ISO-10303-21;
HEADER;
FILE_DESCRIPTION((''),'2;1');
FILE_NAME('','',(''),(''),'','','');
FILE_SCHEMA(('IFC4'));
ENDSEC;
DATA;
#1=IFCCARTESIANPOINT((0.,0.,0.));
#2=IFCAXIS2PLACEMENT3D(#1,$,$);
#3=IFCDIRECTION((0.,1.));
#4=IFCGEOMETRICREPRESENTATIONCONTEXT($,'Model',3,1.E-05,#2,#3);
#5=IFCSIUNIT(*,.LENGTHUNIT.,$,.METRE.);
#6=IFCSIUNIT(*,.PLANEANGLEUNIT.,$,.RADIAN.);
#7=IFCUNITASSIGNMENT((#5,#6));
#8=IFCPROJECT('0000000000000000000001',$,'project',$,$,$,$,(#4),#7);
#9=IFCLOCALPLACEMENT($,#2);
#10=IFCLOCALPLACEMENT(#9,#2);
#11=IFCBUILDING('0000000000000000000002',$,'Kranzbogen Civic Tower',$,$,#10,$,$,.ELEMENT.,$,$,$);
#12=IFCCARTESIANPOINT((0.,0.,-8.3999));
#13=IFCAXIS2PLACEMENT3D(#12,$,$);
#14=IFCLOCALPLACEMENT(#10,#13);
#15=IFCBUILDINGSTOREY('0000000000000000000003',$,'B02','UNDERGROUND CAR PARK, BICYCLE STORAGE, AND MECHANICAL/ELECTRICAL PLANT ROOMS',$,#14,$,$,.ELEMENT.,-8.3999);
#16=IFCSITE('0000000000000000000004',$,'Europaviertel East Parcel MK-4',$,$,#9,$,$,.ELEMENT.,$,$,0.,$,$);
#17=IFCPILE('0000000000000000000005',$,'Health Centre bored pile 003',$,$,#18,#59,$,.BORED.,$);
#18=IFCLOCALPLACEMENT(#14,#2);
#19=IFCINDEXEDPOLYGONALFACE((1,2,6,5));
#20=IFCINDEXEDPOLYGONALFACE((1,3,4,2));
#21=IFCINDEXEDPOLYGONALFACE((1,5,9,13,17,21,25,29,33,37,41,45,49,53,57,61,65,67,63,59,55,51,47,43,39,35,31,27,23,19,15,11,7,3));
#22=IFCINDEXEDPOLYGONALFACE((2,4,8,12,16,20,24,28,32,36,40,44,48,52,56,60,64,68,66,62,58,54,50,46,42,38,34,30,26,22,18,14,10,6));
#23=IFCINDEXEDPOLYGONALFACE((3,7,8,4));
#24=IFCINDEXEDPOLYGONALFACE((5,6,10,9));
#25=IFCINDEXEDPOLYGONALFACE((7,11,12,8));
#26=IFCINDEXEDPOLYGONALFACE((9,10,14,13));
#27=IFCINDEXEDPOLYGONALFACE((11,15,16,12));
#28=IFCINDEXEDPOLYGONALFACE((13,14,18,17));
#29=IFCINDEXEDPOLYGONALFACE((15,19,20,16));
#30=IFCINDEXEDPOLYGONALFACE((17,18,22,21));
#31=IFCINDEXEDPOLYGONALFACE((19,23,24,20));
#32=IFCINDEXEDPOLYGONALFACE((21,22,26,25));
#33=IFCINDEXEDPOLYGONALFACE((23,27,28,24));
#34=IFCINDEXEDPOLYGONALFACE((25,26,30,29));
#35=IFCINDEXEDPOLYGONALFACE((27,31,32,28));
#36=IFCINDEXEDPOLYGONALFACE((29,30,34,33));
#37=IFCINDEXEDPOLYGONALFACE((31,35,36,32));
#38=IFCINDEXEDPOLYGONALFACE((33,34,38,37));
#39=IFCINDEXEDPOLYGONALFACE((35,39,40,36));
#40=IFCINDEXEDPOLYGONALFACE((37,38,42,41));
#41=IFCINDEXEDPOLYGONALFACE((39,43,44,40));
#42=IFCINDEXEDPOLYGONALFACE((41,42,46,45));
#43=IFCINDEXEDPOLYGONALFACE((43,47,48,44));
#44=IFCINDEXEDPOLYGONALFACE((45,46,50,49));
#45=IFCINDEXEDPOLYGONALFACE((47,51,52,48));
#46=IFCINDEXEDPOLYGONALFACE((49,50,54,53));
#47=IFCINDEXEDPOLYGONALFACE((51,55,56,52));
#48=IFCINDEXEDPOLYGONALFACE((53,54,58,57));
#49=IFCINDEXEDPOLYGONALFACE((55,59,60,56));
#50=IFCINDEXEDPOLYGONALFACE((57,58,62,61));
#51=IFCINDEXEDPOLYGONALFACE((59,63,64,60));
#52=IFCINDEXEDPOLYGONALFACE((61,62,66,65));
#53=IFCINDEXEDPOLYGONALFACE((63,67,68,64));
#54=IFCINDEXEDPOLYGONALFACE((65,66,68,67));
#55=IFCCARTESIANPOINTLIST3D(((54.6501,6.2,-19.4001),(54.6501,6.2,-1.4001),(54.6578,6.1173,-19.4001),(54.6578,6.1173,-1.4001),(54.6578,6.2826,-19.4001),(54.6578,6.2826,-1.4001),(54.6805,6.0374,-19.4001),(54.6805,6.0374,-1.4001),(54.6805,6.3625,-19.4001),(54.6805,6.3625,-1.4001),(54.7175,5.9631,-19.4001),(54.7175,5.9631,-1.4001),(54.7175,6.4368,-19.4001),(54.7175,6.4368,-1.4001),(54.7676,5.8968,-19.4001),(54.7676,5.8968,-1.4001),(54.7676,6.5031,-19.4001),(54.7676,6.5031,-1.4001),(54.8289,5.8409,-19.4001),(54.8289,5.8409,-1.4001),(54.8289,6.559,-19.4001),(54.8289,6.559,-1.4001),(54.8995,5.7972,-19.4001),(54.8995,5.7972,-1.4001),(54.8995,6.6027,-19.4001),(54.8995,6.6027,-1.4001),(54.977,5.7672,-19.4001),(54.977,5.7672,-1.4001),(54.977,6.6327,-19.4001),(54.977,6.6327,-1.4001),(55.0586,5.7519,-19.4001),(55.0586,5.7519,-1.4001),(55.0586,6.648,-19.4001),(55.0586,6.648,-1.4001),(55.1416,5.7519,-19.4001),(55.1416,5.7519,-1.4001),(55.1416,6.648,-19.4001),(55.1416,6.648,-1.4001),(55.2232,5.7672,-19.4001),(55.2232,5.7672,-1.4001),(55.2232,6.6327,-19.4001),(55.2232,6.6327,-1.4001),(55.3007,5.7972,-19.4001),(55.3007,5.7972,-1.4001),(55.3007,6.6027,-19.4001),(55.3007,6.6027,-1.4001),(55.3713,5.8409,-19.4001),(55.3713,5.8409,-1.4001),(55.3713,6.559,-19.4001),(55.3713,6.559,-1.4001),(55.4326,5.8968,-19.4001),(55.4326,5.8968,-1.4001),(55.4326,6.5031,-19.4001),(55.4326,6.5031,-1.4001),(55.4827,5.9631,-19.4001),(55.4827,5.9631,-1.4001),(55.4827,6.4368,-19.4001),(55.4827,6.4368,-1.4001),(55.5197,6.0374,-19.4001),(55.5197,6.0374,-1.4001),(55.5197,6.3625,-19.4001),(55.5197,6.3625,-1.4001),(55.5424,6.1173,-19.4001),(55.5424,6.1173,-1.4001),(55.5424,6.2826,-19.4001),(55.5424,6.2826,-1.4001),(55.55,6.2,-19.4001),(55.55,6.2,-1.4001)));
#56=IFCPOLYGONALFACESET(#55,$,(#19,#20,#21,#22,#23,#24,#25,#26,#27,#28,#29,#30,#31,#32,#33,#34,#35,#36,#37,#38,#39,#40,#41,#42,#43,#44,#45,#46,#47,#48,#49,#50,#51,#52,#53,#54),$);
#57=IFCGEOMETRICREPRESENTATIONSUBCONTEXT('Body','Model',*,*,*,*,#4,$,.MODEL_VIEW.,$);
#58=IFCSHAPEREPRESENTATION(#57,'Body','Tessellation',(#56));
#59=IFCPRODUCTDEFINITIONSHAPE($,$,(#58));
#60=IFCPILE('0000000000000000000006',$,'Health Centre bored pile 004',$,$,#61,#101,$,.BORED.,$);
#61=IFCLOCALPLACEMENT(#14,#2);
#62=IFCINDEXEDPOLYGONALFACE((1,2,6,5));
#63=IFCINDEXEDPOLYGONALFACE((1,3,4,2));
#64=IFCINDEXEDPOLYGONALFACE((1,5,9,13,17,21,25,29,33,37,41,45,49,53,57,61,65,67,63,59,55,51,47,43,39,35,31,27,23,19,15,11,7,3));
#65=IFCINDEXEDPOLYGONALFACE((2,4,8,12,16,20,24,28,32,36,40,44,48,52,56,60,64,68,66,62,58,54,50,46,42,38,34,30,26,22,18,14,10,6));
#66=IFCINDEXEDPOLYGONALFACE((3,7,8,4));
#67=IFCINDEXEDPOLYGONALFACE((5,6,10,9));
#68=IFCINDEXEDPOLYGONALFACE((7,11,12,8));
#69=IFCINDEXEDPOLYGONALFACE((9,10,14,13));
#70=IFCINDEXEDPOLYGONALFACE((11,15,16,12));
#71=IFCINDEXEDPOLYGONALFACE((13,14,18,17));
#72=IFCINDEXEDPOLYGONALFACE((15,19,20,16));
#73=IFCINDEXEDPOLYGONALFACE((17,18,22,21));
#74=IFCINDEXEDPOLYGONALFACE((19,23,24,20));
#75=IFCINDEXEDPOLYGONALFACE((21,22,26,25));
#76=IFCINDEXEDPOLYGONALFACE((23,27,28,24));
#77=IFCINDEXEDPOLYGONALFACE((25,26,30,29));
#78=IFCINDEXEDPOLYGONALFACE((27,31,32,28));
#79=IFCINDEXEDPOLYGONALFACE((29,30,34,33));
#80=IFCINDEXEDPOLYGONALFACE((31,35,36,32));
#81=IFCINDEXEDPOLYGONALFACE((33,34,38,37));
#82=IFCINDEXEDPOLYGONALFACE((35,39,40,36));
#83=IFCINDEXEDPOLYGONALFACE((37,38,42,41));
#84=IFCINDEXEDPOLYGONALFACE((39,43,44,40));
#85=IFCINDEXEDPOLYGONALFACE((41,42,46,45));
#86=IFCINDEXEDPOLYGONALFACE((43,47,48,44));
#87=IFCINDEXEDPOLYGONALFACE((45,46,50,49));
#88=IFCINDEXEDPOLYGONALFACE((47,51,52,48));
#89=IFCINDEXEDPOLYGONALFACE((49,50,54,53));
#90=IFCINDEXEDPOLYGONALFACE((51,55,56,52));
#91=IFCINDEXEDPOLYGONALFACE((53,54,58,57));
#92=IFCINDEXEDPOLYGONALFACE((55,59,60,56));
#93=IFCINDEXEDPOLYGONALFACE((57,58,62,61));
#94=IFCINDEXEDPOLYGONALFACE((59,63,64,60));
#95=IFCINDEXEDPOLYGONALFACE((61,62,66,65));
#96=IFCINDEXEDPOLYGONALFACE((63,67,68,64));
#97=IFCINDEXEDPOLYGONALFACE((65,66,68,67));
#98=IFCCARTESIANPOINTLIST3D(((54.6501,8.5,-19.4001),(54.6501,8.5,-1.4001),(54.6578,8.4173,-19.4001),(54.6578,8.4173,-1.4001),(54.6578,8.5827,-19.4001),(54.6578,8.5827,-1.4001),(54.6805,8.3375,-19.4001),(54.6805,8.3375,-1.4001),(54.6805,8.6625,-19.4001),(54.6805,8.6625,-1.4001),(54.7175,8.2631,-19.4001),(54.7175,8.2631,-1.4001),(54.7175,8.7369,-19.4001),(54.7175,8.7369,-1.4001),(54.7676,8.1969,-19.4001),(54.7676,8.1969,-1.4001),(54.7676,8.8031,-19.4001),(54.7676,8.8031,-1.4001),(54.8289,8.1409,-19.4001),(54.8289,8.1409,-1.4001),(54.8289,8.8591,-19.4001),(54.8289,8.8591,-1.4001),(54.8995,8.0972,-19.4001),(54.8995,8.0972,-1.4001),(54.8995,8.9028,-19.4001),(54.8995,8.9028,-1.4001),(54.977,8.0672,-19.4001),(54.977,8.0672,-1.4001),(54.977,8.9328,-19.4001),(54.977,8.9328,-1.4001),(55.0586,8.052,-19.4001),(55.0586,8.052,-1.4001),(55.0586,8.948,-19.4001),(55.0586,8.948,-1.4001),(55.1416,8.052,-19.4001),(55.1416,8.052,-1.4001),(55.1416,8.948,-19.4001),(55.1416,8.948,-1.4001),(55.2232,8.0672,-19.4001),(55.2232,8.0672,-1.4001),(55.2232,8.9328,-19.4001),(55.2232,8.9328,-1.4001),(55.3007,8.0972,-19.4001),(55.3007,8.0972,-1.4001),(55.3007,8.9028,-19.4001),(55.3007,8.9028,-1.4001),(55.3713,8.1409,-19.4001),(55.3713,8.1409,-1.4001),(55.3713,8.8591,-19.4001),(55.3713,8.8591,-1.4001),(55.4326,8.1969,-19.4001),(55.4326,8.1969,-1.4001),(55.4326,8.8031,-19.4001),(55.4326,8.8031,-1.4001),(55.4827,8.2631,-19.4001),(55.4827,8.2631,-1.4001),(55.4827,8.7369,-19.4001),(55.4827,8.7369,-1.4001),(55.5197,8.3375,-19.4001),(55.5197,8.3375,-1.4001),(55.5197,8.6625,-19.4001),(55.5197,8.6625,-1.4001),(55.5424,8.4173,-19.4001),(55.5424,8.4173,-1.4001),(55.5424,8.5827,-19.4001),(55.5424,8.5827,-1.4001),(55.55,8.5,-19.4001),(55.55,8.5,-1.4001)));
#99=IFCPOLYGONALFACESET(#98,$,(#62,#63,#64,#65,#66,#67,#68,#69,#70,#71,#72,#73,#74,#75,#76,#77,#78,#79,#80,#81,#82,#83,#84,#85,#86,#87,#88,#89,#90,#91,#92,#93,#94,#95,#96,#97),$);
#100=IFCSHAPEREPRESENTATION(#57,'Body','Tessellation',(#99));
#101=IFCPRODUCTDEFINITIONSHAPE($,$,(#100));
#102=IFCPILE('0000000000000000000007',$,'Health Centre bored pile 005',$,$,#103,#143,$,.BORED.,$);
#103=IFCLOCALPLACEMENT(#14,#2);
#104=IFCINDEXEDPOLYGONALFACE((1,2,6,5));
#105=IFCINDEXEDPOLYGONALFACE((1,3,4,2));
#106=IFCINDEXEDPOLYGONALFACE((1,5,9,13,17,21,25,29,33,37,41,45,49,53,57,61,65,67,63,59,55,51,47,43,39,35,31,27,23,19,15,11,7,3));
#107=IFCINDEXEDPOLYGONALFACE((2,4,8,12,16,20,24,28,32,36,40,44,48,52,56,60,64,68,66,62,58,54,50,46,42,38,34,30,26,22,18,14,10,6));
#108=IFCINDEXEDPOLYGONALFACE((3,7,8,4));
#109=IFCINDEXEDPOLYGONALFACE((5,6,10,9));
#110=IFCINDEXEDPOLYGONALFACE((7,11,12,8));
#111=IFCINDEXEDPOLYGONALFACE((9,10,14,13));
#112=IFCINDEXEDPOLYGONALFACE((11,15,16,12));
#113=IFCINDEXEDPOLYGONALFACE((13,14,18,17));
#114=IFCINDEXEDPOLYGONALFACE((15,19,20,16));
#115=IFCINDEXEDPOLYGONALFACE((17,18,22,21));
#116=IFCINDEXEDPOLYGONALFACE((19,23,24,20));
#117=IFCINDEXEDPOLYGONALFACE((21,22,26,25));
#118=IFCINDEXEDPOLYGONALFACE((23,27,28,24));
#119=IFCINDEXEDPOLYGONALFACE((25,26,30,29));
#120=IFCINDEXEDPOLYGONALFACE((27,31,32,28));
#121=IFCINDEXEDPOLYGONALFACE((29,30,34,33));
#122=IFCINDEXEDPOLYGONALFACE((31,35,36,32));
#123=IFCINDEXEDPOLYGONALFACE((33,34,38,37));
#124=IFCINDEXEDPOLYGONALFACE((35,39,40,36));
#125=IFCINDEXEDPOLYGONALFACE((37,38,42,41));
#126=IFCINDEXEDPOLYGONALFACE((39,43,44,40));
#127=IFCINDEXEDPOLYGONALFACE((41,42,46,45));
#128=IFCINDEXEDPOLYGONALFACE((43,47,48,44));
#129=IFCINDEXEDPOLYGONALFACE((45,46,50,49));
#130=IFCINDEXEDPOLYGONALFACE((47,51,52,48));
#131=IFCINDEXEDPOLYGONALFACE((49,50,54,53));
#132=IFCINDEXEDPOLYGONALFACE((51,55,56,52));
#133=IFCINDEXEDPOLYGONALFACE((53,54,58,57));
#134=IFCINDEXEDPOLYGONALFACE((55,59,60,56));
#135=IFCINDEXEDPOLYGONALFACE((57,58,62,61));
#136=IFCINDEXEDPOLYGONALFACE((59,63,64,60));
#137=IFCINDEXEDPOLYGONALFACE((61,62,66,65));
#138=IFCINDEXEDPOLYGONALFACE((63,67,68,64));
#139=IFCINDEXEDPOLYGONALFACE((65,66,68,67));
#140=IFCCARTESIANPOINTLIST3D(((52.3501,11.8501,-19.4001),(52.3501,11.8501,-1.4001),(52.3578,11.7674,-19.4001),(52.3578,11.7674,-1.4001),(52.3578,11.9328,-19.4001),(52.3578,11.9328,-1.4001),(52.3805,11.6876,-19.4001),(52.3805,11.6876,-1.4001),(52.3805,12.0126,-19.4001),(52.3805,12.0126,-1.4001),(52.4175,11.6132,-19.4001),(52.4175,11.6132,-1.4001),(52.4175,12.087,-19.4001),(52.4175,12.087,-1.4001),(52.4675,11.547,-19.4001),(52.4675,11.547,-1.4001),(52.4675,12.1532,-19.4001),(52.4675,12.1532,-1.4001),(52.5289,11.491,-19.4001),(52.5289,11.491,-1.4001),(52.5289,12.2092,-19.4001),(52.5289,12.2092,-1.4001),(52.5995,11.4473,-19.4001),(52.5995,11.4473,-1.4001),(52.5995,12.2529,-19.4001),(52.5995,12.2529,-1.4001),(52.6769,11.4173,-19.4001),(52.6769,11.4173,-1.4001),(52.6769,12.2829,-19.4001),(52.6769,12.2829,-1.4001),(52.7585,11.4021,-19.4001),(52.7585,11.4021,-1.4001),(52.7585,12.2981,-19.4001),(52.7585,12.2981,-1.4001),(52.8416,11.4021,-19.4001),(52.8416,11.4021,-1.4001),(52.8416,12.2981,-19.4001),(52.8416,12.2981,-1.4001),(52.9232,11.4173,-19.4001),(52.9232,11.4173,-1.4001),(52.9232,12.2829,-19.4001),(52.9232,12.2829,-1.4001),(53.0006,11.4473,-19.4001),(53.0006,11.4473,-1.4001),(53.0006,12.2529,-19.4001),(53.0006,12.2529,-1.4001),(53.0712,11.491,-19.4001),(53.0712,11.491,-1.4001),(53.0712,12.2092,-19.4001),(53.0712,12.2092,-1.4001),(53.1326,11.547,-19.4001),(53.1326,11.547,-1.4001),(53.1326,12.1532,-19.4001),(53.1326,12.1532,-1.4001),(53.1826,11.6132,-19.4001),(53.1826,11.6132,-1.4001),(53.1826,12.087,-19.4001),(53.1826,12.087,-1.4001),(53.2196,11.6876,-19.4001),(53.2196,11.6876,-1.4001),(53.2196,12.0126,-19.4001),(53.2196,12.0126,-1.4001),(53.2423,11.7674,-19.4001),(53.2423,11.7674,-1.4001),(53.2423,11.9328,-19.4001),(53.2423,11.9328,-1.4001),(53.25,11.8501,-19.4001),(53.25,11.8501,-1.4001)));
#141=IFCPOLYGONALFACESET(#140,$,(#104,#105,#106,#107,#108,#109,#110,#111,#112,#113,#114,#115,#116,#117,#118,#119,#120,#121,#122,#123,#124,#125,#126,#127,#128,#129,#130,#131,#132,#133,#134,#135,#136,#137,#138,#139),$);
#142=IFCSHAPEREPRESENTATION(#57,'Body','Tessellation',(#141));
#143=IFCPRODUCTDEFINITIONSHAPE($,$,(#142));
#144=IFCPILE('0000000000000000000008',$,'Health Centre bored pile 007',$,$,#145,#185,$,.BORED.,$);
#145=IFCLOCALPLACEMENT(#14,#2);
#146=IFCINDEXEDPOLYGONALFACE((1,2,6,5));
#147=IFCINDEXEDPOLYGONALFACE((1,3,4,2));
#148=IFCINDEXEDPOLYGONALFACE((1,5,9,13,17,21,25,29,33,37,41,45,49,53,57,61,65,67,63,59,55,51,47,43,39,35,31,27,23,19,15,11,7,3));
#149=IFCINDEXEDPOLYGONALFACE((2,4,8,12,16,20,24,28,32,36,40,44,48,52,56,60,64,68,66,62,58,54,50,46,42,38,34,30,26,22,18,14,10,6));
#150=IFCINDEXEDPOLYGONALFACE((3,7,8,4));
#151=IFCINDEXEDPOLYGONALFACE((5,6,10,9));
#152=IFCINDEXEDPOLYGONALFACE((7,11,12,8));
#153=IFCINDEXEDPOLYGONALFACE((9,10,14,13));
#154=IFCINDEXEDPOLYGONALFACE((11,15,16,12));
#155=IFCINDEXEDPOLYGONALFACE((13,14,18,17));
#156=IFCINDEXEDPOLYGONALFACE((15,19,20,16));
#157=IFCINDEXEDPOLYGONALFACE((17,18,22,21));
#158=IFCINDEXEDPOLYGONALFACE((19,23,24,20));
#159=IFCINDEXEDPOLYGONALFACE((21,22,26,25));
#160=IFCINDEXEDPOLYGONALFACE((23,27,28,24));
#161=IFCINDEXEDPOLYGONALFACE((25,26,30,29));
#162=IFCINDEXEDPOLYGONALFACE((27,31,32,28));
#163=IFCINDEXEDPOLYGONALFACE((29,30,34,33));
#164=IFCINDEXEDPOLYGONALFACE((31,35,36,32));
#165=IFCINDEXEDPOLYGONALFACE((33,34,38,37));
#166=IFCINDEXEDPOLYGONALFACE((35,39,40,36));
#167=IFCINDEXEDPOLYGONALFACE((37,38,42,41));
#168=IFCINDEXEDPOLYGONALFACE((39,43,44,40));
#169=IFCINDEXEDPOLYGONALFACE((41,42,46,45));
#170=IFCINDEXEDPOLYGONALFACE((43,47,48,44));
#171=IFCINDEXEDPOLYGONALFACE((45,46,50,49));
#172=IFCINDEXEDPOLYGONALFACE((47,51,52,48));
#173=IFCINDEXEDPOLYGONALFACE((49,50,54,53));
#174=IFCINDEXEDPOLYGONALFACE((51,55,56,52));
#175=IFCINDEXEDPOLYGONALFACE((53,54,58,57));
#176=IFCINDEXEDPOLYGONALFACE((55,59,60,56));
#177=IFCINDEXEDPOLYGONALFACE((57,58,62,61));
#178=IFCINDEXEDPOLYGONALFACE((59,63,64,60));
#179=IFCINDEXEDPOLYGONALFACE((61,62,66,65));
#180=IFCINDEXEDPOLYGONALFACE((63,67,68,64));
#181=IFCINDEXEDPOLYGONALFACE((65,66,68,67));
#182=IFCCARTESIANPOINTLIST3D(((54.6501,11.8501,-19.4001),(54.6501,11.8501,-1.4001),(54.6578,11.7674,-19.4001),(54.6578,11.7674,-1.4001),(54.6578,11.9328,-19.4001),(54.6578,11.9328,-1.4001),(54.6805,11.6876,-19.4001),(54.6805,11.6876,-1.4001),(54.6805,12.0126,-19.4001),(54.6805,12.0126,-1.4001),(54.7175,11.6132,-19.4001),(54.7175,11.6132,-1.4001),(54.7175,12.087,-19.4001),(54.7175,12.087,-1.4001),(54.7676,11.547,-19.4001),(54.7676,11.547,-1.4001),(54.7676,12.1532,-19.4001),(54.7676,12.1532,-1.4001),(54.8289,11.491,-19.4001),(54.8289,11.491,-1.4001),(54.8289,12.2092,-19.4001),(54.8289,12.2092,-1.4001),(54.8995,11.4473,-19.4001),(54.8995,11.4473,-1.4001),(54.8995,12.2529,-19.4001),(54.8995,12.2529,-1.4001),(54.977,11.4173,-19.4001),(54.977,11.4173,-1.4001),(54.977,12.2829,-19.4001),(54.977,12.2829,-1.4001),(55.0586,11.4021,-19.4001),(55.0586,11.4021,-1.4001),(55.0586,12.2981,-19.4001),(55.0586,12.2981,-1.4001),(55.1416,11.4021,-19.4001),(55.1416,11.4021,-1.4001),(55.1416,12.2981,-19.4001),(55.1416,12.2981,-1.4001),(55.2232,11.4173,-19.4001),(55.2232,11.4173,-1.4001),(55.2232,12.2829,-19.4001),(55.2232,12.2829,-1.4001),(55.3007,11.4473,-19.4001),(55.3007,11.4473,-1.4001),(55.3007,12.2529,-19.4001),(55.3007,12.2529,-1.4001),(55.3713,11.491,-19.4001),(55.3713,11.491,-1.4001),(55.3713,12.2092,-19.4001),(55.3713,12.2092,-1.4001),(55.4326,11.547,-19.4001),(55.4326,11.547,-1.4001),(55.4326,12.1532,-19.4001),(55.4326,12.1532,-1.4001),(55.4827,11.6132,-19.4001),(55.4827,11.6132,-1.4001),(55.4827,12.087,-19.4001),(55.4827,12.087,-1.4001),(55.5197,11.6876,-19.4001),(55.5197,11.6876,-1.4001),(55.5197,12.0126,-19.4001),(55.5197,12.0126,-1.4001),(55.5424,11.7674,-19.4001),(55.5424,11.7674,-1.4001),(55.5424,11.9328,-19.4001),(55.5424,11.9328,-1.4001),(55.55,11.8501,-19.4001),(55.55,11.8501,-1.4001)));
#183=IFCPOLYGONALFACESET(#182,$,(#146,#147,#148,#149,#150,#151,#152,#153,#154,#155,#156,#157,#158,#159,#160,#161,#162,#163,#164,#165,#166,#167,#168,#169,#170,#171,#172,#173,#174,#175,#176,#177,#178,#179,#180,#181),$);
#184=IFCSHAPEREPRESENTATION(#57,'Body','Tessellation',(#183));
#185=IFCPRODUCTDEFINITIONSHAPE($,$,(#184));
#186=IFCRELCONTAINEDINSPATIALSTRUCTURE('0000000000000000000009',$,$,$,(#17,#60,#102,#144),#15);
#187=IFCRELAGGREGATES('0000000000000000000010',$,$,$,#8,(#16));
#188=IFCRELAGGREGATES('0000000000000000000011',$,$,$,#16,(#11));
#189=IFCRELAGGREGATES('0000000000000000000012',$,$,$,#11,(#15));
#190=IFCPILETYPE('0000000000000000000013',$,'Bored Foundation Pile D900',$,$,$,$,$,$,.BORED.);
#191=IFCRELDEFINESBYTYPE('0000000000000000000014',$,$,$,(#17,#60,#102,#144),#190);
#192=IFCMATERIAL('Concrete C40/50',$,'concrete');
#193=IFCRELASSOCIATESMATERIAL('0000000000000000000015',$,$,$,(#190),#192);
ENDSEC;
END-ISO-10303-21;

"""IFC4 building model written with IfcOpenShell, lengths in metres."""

from ifc_helpers import new_model, si_unit, direction, frame, origin, origin_2d, place, context, subcontext, project, spatial, circle, extrude, material, material_profile, profile_set, type_object, element, save


model = new_model("IFC4")

# Units and contexts
model_context = context("Model", 3, precision=1e-05, world=origin(), true_north=direction((0.0, 1.0)))
body_context = subcontext(model_context, "Body", "Model", "MODEL_VIEW")
ifc_project = project(units=[si_unit("LENGTHUNIT", "METRE"), si_unit("PLANEANGLEUNIT", "RADIAN")], contexts=[model_context])

# Site, building, storey
site_placement = place(None, origin())
site = spatial("IfcSite", under=ifc_project, at=site_placement, Name="Europaviertel East Parcel MK-4", CompositionType="ELEMENT", RefElevation=0.0)
building_placement = place(site_placement, origin())
building = spatial("IfcBuilding", under=site, at=building_placement, Name="Kranzbogen Civic Tower", CompositionType="ELEMENT")
storey_placement = place(building_placement, frame((0.0, 0.0, -8.3999)))
storey = spatial("IfcBuildingStorey", under=building, at=storey_placement, Name="B02", Description="UNDERGROUND CAR PARK, BICYCLE STORAGE, AND MECHANICAL/ELECTRICAL PLANT ROOMS", CompositionType="ELEMENT", Elevation=-8.3999)

# Piles
ifc_material_1 = material(Name="Concrete C40/50", Category="concrete")
ifc_material_profile_1 = material_profile(ifc_material_1, circle(Radius=0.45, at=origin_2d()), Name="PILE D900")
ifc_profile_set_1 = profile_set([ifc_material_profile_1], Name="Concrete C40/50")
pile_type_1 = type_object("IfcPileType", Name="Bored Foundation Pile D900", PredefinedType="BORED", material=ifc_profile_set_1)
for number, where, z_axis, x_axis, name in (
    (1, (55.1001, 6.2, -1.4001), (0.0, 0.0, -1.0), (1.0, 0.0, 0.0), "Health Centre bored pile 003"),
    (2, (55.1001, 8.5, -1.4001), (0.0, 0.0, -1.0), (1.0, 0.0, 0.0), "Health Centre bored pile 004"),
    (3, (52.8, 11.8501, -1.4001), (0.0, 0.0, -1.0), (1.0, 0.0, 0.0), "Health Centre bored pile 005"),
    (4, (55.1001, 11.8501, -1.4001), (0.0, 0.0, -1.0), (1.0, 0.0, 0.0), "Health Centre bored pile 007"),
):
    element("IfcPile", number, at=place(storey_placement, frame(where, z_axis=z_axis, x_axis=x_axis)), inside=storey, type_object=pile_type_1, Name=name, PredefinedType="BORED", context=body_context, shape_type="SweptSolid", body=[
        extrude(circle(Radius=0.45, at=origin_2d()), origin(), (0.0, 0.0, 1.0), 18.0),
    ])

save(model, "model.ifc")
